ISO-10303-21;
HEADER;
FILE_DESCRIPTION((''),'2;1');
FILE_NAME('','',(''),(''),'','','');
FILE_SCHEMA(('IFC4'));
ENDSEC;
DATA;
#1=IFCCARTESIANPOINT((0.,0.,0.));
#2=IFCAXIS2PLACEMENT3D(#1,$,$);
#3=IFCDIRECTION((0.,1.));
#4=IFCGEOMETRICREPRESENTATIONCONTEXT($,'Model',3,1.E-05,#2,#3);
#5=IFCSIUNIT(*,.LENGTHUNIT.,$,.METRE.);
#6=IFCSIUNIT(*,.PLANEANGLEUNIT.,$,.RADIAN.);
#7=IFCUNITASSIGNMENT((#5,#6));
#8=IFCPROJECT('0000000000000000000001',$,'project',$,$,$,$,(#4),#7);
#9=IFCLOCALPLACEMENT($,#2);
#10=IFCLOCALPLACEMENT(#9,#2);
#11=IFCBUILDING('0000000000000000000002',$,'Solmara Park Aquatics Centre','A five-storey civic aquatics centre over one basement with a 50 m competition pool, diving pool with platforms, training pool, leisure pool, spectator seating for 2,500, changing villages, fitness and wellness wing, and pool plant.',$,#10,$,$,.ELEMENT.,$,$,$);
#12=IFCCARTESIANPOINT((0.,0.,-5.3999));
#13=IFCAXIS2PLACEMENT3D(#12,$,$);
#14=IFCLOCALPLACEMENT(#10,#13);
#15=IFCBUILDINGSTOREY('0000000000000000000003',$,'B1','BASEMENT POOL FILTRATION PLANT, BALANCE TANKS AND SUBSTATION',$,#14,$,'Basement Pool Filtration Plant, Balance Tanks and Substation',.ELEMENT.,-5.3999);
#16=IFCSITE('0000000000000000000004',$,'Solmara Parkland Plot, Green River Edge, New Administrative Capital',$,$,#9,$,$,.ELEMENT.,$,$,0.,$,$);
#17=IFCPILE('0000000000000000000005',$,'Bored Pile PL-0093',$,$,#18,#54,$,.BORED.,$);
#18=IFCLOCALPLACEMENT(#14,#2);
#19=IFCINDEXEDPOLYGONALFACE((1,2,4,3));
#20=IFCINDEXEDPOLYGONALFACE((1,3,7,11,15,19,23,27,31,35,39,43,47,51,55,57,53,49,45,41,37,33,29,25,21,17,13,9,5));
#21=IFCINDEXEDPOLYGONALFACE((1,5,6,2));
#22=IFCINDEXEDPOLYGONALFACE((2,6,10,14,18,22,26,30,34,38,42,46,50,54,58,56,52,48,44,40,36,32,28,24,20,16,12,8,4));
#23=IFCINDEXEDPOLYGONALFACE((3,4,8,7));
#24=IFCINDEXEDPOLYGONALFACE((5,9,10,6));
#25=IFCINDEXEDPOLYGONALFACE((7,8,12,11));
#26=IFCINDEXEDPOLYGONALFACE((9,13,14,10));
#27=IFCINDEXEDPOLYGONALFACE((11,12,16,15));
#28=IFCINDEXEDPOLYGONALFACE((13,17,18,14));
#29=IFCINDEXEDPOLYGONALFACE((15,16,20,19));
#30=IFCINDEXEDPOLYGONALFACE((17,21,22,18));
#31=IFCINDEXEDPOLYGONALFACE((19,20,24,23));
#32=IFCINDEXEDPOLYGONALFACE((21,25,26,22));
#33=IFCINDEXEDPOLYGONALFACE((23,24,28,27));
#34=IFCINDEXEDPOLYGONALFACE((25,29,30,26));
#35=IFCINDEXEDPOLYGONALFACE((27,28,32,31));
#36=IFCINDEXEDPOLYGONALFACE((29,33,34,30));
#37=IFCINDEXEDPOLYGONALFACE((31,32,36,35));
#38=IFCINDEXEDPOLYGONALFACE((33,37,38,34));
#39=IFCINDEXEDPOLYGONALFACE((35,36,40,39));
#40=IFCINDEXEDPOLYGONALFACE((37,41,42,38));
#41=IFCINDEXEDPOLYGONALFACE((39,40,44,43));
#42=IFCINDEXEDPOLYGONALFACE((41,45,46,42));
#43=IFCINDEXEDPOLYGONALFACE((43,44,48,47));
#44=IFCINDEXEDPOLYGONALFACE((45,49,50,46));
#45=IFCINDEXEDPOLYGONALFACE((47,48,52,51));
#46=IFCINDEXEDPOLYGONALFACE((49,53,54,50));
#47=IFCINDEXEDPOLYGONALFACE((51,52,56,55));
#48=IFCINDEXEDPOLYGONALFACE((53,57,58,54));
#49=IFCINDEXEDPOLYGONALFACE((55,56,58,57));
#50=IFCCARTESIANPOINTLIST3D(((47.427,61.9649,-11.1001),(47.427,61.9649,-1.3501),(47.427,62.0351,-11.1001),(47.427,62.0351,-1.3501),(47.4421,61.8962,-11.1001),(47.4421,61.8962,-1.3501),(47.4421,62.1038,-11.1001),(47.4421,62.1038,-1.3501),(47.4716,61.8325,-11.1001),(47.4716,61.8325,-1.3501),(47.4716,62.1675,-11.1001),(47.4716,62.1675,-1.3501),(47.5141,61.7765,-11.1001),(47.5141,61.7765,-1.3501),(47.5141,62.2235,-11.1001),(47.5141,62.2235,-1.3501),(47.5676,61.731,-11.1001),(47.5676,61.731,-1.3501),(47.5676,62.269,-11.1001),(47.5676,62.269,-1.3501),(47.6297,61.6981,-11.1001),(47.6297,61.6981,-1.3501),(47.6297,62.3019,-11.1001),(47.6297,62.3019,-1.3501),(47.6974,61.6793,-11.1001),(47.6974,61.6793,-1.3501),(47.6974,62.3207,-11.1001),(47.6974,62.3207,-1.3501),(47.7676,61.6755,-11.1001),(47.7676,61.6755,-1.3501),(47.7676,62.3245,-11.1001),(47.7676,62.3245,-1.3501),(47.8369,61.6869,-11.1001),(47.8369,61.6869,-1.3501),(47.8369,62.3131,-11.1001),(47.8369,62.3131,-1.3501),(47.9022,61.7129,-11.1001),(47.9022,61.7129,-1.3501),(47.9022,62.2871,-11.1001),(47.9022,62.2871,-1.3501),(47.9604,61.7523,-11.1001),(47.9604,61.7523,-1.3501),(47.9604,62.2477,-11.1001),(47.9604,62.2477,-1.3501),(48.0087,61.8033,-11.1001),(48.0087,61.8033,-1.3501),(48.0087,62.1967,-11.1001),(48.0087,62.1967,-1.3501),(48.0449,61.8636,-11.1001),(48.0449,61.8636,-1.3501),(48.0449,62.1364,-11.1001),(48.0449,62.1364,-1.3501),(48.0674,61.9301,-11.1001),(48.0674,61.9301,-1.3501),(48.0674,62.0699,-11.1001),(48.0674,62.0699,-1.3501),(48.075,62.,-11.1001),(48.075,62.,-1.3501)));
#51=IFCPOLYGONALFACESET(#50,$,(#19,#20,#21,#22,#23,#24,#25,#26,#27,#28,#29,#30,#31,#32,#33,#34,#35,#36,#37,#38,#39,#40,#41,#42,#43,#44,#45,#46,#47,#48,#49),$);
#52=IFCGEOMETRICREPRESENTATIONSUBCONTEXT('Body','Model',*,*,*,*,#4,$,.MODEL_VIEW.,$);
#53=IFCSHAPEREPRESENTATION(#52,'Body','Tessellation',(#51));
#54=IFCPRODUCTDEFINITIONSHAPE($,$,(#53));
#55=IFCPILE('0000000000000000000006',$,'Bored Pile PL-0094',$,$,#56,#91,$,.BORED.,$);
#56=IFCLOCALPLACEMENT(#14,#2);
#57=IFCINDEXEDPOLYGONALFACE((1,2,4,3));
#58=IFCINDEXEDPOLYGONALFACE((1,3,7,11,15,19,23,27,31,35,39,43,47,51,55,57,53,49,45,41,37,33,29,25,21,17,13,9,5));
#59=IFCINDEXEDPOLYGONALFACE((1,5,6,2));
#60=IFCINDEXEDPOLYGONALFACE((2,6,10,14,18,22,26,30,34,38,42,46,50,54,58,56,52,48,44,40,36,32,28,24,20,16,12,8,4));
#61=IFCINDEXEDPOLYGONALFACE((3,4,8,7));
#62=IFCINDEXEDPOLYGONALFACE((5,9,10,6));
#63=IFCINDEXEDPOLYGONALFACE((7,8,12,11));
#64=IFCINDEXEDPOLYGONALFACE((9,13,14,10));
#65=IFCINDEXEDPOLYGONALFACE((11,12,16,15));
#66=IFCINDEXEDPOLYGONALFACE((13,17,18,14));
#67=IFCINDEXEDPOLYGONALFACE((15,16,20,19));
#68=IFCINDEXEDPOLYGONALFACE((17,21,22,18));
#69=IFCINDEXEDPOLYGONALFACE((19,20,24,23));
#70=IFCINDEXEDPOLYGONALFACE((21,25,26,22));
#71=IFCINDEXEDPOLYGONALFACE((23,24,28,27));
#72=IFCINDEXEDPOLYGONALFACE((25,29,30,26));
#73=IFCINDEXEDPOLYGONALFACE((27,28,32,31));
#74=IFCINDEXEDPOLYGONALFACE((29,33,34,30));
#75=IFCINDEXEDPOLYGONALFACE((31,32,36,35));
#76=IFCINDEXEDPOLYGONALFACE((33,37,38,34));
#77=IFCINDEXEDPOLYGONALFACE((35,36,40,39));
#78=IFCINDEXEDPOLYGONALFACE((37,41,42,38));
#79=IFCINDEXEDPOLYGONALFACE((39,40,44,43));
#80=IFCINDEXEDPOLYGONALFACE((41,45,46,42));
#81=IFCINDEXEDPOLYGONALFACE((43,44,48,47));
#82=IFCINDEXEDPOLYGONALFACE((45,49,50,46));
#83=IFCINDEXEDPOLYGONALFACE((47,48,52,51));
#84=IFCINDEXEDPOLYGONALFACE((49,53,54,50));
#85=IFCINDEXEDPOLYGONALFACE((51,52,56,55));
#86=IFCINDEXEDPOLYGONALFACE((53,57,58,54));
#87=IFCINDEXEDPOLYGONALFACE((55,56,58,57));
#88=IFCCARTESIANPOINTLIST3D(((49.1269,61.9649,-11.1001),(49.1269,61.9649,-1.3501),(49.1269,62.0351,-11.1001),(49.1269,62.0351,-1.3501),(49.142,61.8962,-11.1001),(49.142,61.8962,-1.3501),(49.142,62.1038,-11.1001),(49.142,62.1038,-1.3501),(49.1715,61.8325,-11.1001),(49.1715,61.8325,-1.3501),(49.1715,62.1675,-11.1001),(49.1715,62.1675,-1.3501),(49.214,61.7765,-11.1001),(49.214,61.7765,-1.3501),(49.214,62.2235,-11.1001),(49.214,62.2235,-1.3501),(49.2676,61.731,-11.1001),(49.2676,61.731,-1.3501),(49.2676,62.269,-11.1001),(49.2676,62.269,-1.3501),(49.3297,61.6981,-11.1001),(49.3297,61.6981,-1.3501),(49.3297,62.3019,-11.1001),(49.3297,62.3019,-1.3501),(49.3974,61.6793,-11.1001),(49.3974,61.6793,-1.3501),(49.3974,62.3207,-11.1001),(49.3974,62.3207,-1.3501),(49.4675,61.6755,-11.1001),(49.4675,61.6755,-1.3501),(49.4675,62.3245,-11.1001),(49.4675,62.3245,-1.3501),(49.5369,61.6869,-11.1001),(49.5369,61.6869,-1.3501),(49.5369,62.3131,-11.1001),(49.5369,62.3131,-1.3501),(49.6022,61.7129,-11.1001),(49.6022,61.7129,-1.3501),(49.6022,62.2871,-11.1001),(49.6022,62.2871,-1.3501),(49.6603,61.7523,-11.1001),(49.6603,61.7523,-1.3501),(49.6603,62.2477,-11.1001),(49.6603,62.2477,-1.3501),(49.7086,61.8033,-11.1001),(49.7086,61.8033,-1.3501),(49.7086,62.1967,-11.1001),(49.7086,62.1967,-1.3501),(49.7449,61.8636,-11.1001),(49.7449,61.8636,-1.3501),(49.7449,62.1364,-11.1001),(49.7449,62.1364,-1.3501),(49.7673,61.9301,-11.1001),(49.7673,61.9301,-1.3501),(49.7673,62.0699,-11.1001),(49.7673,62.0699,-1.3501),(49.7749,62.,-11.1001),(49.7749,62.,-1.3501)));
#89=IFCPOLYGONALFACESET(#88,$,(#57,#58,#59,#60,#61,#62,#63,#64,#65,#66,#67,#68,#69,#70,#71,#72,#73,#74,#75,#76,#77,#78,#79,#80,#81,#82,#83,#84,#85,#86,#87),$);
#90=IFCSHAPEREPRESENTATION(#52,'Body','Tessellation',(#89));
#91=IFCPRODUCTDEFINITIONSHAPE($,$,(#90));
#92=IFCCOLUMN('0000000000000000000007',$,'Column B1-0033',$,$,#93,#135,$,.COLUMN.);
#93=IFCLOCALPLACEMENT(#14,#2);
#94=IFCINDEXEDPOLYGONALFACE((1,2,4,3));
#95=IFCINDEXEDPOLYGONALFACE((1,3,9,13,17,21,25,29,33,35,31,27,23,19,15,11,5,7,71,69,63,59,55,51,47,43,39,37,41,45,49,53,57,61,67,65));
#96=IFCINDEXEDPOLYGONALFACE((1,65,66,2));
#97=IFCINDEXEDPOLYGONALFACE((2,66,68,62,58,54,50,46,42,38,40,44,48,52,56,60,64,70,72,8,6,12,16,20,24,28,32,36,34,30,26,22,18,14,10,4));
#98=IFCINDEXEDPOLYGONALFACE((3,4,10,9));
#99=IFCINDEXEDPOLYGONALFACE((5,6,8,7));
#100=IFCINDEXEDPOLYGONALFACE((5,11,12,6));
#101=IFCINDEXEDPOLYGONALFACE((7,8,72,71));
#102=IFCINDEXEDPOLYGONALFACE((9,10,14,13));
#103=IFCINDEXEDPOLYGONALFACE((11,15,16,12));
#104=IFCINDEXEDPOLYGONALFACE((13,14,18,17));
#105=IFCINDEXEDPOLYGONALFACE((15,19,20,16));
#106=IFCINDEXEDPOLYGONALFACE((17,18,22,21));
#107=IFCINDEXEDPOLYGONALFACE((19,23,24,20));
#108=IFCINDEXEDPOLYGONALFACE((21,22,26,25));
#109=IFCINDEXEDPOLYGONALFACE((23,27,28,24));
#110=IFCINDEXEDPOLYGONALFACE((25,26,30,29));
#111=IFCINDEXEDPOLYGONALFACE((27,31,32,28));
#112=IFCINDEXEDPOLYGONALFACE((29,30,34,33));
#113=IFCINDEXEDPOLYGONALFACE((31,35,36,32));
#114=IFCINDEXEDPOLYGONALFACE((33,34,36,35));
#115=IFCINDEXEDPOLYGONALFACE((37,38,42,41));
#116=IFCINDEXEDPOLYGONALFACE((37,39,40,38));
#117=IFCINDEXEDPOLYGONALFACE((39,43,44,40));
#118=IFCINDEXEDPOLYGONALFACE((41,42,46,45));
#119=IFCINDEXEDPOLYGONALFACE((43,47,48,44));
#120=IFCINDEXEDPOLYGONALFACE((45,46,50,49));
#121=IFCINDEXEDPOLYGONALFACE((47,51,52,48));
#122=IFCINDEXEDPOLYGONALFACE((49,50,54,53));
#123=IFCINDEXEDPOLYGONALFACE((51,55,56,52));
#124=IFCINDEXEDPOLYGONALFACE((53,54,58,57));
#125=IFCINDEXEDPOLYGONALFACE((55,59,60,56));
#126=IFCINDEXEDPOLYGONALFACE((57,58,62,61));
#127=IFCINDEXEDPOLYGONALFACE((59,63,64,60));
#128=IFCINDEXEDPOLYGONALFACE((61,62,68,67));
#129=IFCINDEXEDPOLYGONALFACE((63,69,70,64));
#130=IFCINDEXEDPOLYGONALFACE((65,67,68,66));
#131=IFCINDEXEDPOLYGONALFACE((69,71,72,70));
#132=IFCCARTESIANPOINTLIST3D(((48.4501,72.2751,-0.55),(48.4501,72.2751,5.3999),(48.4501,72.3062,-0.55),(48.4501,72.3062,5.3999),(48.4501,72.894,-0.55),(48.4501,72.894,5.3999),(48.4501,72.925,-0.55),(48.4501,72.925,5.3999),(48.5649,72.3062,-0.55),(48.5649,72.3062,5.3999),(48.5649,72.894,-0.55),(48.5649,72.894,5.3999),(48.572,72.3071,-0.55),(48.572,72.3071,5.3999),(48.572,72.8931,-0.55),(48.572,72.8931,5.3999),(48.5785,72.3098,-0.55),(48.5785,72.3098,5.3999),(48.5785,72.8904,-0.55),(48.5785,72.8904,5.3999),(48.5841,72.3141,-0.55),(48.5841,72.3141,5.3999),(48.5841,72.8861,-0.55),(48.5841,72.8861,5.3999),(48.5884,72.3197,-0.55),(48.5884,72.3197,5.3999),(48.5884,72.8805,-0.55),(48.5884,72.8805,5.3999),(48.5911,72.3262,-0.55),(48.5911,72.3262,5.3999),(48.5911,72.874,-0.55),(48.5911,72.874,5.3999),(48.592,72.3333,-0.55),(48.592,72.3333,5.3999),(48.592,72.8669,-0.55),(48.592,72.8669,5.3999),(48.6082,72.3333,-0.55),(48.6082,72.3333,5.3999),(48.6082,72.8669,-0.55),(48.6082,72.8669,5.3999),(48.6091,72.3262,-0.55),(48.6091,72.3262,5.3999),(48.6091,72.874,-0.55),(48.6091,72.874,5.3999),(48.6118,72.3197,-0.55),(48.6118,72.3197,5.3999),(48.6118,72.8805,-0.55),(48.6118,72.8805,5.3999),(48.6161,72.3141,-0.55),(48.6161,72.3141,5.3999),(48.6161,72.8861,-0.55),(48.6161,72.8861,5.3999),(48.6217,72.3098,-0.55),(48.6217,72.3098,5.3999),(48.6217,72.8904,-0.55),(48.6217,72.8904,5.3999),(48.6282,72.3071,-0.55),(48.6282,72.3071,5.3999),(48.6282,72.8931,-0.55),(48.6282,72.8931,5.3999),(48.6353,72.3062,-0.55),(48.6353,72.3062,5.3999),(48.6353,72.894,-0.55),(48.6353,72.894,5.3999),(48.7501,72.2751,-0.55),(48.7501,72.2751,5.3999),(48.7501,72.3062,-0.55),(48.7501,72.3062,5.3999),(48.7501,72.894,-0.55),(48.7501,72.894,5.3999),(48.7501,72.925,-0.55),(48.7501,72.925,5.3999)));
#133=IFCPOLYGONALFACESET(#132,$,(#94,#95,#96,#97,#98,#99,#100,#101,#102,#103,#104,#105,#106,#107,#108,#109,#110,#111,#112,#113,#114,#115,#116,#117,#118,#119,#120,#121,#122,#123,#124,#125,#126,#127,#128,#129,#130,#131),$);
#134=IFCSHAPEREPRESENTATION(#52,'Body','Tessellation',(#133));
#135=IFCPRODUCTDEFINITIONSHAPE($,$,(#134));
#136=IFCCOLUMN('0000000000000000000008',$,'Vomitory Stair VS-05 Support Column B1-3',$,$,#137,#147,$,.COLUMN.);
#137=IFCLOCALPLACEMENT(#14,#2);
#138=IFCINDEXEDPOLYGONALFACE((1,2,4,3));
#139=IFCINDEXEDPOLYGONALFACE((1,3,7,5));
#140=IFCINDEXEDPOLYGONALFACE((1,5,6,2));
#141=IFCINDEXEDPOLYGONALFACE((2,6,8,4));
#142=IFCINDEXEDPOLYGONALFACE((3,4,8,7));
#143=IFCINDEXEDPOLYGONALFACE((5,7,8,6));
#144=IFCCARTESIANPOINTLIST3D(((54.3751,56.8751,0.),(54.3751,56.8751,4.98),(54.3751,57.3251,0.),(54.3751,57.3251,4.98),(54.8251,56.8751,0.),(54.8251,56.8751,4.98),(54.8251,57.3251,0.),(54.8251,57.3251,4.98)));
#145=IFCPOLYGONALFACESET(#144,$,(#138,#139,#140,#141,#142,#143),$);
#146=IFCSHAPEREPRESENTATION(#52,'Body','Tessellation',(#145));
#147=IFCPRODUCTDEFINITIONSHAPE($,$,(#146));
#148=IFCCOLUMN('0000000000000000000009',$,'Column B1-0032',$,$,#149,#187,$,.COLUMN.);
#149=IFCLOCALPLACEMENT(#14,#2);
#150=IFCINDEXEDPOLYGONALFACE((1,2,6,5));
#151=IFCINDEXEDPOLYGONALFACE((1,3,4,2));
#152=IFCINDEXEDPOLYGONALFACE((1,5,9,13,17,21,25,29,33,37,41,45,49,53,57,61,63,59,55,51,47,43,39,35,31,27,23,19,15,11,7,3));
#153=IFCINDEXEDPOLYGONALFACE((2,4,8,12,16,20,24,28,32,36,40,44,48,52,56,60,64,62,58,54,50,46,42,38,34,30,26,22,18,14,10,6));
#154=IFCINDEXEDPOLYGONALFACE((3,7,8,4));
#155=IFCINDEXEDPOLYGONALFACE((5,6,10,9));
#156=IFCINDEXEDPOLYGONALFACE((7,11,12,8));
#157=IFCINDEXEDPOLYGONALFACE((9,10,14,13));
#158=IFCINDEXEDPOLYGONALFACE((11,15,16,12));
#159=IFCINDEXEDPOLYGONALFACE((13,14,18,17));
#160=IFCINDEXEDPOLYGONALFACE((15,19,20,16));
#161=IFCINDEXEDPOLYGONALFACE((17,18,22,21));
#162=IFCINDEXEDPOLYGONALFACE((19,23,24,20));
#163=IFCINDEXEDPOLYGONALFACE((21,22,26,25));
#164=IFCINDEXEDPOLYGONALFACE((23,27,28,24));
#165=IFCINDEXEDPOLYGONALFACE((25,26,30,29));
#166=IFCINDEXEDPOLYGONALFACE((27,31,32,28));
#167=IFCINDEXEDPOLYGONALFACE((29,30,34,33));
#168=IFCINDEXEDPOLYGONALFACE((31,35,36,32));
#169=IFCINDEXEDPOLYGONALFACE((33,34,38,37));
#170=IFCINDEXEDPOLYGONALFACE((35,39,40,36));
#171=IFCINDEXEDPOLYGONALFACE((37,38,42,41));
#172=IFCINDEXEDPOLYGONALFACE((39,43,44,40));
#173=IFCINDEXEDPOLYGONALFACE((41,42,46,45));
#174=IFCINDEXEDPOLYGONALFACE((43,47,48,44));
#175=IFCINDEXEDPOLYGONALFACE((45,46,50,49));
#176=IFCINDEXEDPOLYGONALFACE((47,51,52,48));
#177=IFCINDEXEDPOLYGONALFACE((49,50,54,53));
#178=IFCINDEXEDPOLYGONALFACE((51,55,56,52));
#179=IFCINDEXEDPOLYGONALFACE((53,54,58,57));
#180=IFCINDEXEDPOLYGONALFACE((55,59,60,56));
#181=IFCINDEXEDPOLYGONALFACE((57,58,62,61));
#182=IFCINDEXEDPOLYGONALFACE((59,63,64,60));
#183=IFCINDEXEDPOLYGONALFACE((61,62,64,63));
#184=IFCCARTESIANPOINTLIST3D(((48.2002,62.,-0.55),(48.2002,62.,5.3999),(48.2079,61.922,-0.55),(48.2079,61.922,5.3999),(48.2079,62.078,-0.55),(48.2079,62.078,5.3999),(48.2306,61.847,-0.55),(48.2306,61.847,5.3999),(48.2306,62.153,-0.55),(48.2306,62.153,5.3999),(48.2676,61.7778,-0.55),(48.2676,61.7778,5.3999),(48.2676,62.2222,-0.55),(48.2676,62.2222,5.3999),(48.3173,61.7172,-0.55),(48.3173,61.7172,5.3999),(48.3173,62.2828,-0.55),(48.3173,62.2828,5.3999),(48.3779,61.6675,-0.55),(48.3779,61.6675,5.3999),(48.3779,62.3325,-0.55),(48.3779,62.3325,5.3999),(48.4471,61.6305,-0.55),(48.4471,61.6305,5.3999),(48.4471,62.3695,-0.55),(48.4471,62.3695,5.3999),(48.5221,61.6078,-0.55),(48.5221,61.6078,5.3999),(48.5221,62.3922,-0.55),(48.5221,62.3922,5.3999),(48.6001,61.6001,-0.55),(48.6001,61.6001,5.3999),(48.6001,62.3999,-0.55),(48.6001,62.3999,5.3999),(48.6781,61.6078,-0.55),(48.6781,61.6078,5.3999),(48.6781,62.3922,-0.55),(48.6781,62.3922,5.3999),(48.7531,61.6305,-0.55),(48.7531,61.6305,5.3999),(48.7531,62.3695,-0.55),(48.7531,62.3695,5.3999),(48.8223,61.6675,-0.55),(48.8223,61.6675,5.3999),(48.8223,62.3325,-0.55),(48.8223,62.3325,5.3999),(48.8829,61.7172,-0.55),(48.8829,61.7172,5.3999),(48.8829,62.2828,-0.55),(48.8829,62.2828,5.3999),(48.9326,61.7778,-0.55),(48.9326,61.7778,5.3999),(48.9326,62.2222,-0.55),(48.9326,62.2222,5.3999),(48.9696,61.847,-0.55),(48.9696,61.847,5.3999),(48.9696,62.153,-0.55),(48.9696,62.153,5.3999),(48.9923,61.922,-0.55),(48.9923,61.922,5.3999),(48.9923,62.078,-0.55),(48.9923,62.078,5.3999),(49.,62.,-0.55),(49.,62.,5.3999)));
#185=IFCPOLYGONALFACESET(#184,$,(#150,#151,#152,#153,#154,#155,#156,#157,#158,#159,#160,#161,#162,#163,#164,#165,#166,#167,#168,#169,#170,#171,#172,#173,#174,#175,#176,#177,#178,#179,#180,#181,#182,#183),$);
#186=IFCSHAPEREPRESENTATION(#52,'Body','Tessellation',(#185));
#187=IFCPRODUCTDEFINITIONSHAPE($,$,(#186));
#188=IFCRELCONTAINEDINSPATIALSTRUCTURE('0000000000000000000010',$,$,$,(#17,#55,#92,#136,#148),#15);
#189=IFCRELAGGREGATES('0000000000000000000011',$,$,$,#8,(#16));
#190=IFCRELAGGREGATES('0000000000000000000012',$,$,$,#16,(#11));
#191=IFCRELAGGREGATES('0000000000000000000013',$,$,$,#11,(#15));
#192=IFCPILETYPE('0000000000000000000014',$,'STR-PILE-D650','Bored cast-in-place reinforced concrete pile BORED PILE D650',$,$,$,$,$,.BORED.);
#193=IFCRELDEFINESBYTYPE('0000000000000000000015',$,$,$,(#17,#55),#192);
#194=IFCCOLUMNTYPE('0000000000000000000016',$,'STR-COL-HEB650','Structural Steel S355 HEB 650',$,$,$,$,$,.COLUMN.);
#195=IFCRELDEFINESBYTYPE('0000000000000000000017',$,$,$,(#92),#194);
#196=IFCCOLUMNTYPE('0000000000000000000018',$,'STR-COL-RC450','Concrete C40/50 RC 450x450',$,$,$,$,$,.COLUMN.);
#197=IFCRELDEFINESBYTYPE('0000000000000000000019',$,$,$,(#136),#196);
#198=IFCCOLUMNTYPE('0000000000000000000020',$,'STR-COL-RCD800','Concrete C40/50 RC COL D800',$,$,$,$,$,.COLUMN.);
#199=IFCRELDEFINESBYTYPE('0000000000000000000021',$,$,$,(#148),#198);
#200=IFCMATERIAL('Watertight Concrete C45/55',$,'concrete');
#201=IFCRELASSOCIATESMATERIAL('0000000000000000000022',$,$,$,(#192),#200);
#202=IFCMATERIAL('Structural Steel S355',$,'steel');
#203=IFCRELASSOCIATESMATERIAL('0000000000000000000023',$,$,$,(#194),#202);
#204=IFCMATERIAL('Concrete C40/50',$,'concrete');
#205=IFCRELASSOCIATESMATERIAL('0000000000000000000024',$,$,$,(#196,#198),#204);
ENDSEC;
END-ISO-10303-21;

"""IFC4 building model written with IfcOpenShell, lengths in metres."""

from ifc_helpers import new_model, si_unit, direction, frame, origin, origin_2d, place, context, subcontext, project, spatial, rectangle, circle, i_section, extrude, material, material_profile, profile_set, type_object, element, save


model = new_model("IFC4")

# Units and contexts
model_context = context("Model", 3, precision=1e-05, world=origin(), true_north=direction((0.0, 1.0)))
body_context = subcontext(model_context, "Body", "Model", "MODEL_VIEW")
ifc_project = project(units=[si_unit("LENGTHUNIT", "METRE"), si_unit("PLANEANGLEUNIT", "RADIAN")], contexts=[model_context])

# Site, building, storey
site_placement = place(None, origin())
site = spatial("IfcSite", under=ifc_project, at=site_placement, Name="Solmara Parkland Plot, Green River Edge, New Administrative Capital", CompositionType="ELEMENT", RefElevation=0.0)
building_placement = place(site_placement, origin())
building = spatial("IfcBuilding", under=site, at=building_placement, Name="Solmara Park Aquatics Centre", Description="A five-storey civic aquatics centre over one basement with a 50 m competition pool, diving pool with platforms, training pool, leisure pool, spectator seating for 2,500, changing villages, fitness and wellness wing, and pool plant.", CompositionType="ELEMENT")
storey_placement = place(building_placement, frame((0.0, 0.0, -5.3999)))
storey = spatial("IfcBuildingStorey", under=building, at=storey_placement, Name="B1", Description="BASEMENT POOL FILTRATION PLANT, BALANCE TANKS AND SUBSTATION", LongName="Basement Pool Filtration Plant, Balance Tanks and Substation", CompositionType="ELEMENT", Elevation=-5.3999)

# Shared definitions
ifc_material_1 = material(Name="Watertight Concrete C45/55", Category="concrete")

# Piles
ifc_material_profile_1 = material_profile(ifc_material_1, circle(Radius=0.325, at=origin_2d()), Name="BORED PILE D650")
ifc_profile_set_1 = profile_set([ifc_material_profile_1], Name="Watertight Concrete C45/55")
pile_type_1 = type_object("IfcPileType", Name="STR-PILE-D650", Description="Bored cast-in-place reinforced concrete pile BORED PILE D650", PredefinedType="BORED", material=ifc_profile_set_1)
for number, where, z_axis, x_axis, name in (
    (1, (47.75, 62.0, -1.3501), (0.0, 0.0, -1.0), (1.0, 0.0, 0.0), "Bored Pile PL-0093"),
    (2, (49.45, 62.0, -1.3501), (0.0, 0.0, -1.0), (1.0, 0.0, 0.0), "Bored Pile PL-0094"),
):
    element("IfcPile", number, at=place(storey_placement, frame(where, z_axis=z_axis, x_axis=x_axis)), inside=storey, type_object=pile_type_1, Name=name, PredefinedType="BORED", context=body_context, shape_type="SweptSolid", body=[
        extrude(circle(Radius=0.325, at=origin_2d()), origin(), (0.0, 0.0, 1.0), 9.75),
    ])

# Columns
ifc_material_2 = material(Name="Structural Steel S355", Category="steel")
ifc_material_profile_2 = material_profile(ifc_material_2, i_section(OverallWidth=0.3, OverallDepth=0.6499, WebThickness=0.0161, FlangeThickness=0.031, FilletRadius=0.0271, at=origin_2d()), Name="HEB 650")
ifc_profile_set_2 = profile_set([ifc_material_profile_2], Name="Structural Steel S355")
column_type_1 = type_object("IfcColumnType", Name="STR-COL-HEB650", Description="Structural Steel S355 HEB 650", PredefinedType="COLUMN", material=ifc_profile_set_2)
column_1_placement = place(storey_placement, frame((48.6001, 72.6001, -0.55), z_axis=(0.0, 0.0, 1.0), x_axis=(1.0, 0.0, 0.0)))
element("IfcColumn", 3, at=column_1_placement, inside=storey, type_object=column_type_1, Name="Column B1-0033", PredefinedType="COLUMN", context=body_context, shape_type="SweptSolid", body=[
    extrude(i_section(OverallWidth=0.3, OverallDepth=0.6499, WebThickness=0.0161, FlangeThickness=0.031, FilletRadius=0.0271, at=origin_2d()), origin(), (0.0, 0.0, 1.0), 5.95),
])
ifc_material_3 = material(Name="Concrete C40/50", Category="concrete")
ifc_material_profile_3 = material_profile(ifc_material_3, rectangle(XDim=0.45, YDim=0.45, at=origin_2d()), Name="RC 450x450")
ifc_profile_set_3 = profile_set([ifc_material_profile_3], Name="Concrete C40/50")
column_type_2 = type_object("IfcColumnType", Name="STR-COL-RC450", Description="Concrete C40/50 RC 450x450", PredefinedType="COLUMN", material=ifc_profile_set_3)
column_2_placement = place(storey_placement, frame((54.6001, 57.1001, 0.0), z_axis=(0.0, 0.0, 1.0), x_axis=(1.0, 0.0, 0.0)))
element("IfcColumn", 4, at=column_2_placement, inside=storey, type_object=column_type_2, Name="Vomitory Stair VS-05 Support Column B1-3", PredefinedType="COLUMN", context=body_context, shape_type="SweptSolid", body=[
    extrude(rectangle(XDim=0.45, YDim=0.45, at=origin_2d()), origin(), (0.0, 0.0, 1.0), 4.98),
])
ifc_material_profile_4 = material_profile(ifc_material_3, circle(Radius=0.3999, at=origin_2d()), Name="RC COL D800")
ifc_profile_set_4 = profile_set([ifc_material_profile_4], Name="Concrete C40/50")
column_type_3 = type_object("IfcColumnType", Name="STR-COL-RCD800", Description="Concrete C40/50 RC COL D800", PredefinedType="COLUMN", material=ifc_profile_set_4)
for number, where, z_axis, x_axis, name in (
    (5, (48.6001, 62.0, -0.55), (0.0, 0.0, 1.0), (1.0, 0.0, 0.0), "Column B1-0032"),
):
    element("IfcColumn", number, at=place(storey_placement, frame(where, z_axis=z_axis, x_axis=x_axis)), inside=storey, type_object=column_type_3, Name=name, PredefinedType="COLUMN", context=body_context, shape_type="SweptSolid", body=[
        extrude(circle(Radius=0.3999, at=origin_2d()), origin(), (0.0, 0.0, 1.0), 5.95),
    ])

save(model, "model.ifc")
